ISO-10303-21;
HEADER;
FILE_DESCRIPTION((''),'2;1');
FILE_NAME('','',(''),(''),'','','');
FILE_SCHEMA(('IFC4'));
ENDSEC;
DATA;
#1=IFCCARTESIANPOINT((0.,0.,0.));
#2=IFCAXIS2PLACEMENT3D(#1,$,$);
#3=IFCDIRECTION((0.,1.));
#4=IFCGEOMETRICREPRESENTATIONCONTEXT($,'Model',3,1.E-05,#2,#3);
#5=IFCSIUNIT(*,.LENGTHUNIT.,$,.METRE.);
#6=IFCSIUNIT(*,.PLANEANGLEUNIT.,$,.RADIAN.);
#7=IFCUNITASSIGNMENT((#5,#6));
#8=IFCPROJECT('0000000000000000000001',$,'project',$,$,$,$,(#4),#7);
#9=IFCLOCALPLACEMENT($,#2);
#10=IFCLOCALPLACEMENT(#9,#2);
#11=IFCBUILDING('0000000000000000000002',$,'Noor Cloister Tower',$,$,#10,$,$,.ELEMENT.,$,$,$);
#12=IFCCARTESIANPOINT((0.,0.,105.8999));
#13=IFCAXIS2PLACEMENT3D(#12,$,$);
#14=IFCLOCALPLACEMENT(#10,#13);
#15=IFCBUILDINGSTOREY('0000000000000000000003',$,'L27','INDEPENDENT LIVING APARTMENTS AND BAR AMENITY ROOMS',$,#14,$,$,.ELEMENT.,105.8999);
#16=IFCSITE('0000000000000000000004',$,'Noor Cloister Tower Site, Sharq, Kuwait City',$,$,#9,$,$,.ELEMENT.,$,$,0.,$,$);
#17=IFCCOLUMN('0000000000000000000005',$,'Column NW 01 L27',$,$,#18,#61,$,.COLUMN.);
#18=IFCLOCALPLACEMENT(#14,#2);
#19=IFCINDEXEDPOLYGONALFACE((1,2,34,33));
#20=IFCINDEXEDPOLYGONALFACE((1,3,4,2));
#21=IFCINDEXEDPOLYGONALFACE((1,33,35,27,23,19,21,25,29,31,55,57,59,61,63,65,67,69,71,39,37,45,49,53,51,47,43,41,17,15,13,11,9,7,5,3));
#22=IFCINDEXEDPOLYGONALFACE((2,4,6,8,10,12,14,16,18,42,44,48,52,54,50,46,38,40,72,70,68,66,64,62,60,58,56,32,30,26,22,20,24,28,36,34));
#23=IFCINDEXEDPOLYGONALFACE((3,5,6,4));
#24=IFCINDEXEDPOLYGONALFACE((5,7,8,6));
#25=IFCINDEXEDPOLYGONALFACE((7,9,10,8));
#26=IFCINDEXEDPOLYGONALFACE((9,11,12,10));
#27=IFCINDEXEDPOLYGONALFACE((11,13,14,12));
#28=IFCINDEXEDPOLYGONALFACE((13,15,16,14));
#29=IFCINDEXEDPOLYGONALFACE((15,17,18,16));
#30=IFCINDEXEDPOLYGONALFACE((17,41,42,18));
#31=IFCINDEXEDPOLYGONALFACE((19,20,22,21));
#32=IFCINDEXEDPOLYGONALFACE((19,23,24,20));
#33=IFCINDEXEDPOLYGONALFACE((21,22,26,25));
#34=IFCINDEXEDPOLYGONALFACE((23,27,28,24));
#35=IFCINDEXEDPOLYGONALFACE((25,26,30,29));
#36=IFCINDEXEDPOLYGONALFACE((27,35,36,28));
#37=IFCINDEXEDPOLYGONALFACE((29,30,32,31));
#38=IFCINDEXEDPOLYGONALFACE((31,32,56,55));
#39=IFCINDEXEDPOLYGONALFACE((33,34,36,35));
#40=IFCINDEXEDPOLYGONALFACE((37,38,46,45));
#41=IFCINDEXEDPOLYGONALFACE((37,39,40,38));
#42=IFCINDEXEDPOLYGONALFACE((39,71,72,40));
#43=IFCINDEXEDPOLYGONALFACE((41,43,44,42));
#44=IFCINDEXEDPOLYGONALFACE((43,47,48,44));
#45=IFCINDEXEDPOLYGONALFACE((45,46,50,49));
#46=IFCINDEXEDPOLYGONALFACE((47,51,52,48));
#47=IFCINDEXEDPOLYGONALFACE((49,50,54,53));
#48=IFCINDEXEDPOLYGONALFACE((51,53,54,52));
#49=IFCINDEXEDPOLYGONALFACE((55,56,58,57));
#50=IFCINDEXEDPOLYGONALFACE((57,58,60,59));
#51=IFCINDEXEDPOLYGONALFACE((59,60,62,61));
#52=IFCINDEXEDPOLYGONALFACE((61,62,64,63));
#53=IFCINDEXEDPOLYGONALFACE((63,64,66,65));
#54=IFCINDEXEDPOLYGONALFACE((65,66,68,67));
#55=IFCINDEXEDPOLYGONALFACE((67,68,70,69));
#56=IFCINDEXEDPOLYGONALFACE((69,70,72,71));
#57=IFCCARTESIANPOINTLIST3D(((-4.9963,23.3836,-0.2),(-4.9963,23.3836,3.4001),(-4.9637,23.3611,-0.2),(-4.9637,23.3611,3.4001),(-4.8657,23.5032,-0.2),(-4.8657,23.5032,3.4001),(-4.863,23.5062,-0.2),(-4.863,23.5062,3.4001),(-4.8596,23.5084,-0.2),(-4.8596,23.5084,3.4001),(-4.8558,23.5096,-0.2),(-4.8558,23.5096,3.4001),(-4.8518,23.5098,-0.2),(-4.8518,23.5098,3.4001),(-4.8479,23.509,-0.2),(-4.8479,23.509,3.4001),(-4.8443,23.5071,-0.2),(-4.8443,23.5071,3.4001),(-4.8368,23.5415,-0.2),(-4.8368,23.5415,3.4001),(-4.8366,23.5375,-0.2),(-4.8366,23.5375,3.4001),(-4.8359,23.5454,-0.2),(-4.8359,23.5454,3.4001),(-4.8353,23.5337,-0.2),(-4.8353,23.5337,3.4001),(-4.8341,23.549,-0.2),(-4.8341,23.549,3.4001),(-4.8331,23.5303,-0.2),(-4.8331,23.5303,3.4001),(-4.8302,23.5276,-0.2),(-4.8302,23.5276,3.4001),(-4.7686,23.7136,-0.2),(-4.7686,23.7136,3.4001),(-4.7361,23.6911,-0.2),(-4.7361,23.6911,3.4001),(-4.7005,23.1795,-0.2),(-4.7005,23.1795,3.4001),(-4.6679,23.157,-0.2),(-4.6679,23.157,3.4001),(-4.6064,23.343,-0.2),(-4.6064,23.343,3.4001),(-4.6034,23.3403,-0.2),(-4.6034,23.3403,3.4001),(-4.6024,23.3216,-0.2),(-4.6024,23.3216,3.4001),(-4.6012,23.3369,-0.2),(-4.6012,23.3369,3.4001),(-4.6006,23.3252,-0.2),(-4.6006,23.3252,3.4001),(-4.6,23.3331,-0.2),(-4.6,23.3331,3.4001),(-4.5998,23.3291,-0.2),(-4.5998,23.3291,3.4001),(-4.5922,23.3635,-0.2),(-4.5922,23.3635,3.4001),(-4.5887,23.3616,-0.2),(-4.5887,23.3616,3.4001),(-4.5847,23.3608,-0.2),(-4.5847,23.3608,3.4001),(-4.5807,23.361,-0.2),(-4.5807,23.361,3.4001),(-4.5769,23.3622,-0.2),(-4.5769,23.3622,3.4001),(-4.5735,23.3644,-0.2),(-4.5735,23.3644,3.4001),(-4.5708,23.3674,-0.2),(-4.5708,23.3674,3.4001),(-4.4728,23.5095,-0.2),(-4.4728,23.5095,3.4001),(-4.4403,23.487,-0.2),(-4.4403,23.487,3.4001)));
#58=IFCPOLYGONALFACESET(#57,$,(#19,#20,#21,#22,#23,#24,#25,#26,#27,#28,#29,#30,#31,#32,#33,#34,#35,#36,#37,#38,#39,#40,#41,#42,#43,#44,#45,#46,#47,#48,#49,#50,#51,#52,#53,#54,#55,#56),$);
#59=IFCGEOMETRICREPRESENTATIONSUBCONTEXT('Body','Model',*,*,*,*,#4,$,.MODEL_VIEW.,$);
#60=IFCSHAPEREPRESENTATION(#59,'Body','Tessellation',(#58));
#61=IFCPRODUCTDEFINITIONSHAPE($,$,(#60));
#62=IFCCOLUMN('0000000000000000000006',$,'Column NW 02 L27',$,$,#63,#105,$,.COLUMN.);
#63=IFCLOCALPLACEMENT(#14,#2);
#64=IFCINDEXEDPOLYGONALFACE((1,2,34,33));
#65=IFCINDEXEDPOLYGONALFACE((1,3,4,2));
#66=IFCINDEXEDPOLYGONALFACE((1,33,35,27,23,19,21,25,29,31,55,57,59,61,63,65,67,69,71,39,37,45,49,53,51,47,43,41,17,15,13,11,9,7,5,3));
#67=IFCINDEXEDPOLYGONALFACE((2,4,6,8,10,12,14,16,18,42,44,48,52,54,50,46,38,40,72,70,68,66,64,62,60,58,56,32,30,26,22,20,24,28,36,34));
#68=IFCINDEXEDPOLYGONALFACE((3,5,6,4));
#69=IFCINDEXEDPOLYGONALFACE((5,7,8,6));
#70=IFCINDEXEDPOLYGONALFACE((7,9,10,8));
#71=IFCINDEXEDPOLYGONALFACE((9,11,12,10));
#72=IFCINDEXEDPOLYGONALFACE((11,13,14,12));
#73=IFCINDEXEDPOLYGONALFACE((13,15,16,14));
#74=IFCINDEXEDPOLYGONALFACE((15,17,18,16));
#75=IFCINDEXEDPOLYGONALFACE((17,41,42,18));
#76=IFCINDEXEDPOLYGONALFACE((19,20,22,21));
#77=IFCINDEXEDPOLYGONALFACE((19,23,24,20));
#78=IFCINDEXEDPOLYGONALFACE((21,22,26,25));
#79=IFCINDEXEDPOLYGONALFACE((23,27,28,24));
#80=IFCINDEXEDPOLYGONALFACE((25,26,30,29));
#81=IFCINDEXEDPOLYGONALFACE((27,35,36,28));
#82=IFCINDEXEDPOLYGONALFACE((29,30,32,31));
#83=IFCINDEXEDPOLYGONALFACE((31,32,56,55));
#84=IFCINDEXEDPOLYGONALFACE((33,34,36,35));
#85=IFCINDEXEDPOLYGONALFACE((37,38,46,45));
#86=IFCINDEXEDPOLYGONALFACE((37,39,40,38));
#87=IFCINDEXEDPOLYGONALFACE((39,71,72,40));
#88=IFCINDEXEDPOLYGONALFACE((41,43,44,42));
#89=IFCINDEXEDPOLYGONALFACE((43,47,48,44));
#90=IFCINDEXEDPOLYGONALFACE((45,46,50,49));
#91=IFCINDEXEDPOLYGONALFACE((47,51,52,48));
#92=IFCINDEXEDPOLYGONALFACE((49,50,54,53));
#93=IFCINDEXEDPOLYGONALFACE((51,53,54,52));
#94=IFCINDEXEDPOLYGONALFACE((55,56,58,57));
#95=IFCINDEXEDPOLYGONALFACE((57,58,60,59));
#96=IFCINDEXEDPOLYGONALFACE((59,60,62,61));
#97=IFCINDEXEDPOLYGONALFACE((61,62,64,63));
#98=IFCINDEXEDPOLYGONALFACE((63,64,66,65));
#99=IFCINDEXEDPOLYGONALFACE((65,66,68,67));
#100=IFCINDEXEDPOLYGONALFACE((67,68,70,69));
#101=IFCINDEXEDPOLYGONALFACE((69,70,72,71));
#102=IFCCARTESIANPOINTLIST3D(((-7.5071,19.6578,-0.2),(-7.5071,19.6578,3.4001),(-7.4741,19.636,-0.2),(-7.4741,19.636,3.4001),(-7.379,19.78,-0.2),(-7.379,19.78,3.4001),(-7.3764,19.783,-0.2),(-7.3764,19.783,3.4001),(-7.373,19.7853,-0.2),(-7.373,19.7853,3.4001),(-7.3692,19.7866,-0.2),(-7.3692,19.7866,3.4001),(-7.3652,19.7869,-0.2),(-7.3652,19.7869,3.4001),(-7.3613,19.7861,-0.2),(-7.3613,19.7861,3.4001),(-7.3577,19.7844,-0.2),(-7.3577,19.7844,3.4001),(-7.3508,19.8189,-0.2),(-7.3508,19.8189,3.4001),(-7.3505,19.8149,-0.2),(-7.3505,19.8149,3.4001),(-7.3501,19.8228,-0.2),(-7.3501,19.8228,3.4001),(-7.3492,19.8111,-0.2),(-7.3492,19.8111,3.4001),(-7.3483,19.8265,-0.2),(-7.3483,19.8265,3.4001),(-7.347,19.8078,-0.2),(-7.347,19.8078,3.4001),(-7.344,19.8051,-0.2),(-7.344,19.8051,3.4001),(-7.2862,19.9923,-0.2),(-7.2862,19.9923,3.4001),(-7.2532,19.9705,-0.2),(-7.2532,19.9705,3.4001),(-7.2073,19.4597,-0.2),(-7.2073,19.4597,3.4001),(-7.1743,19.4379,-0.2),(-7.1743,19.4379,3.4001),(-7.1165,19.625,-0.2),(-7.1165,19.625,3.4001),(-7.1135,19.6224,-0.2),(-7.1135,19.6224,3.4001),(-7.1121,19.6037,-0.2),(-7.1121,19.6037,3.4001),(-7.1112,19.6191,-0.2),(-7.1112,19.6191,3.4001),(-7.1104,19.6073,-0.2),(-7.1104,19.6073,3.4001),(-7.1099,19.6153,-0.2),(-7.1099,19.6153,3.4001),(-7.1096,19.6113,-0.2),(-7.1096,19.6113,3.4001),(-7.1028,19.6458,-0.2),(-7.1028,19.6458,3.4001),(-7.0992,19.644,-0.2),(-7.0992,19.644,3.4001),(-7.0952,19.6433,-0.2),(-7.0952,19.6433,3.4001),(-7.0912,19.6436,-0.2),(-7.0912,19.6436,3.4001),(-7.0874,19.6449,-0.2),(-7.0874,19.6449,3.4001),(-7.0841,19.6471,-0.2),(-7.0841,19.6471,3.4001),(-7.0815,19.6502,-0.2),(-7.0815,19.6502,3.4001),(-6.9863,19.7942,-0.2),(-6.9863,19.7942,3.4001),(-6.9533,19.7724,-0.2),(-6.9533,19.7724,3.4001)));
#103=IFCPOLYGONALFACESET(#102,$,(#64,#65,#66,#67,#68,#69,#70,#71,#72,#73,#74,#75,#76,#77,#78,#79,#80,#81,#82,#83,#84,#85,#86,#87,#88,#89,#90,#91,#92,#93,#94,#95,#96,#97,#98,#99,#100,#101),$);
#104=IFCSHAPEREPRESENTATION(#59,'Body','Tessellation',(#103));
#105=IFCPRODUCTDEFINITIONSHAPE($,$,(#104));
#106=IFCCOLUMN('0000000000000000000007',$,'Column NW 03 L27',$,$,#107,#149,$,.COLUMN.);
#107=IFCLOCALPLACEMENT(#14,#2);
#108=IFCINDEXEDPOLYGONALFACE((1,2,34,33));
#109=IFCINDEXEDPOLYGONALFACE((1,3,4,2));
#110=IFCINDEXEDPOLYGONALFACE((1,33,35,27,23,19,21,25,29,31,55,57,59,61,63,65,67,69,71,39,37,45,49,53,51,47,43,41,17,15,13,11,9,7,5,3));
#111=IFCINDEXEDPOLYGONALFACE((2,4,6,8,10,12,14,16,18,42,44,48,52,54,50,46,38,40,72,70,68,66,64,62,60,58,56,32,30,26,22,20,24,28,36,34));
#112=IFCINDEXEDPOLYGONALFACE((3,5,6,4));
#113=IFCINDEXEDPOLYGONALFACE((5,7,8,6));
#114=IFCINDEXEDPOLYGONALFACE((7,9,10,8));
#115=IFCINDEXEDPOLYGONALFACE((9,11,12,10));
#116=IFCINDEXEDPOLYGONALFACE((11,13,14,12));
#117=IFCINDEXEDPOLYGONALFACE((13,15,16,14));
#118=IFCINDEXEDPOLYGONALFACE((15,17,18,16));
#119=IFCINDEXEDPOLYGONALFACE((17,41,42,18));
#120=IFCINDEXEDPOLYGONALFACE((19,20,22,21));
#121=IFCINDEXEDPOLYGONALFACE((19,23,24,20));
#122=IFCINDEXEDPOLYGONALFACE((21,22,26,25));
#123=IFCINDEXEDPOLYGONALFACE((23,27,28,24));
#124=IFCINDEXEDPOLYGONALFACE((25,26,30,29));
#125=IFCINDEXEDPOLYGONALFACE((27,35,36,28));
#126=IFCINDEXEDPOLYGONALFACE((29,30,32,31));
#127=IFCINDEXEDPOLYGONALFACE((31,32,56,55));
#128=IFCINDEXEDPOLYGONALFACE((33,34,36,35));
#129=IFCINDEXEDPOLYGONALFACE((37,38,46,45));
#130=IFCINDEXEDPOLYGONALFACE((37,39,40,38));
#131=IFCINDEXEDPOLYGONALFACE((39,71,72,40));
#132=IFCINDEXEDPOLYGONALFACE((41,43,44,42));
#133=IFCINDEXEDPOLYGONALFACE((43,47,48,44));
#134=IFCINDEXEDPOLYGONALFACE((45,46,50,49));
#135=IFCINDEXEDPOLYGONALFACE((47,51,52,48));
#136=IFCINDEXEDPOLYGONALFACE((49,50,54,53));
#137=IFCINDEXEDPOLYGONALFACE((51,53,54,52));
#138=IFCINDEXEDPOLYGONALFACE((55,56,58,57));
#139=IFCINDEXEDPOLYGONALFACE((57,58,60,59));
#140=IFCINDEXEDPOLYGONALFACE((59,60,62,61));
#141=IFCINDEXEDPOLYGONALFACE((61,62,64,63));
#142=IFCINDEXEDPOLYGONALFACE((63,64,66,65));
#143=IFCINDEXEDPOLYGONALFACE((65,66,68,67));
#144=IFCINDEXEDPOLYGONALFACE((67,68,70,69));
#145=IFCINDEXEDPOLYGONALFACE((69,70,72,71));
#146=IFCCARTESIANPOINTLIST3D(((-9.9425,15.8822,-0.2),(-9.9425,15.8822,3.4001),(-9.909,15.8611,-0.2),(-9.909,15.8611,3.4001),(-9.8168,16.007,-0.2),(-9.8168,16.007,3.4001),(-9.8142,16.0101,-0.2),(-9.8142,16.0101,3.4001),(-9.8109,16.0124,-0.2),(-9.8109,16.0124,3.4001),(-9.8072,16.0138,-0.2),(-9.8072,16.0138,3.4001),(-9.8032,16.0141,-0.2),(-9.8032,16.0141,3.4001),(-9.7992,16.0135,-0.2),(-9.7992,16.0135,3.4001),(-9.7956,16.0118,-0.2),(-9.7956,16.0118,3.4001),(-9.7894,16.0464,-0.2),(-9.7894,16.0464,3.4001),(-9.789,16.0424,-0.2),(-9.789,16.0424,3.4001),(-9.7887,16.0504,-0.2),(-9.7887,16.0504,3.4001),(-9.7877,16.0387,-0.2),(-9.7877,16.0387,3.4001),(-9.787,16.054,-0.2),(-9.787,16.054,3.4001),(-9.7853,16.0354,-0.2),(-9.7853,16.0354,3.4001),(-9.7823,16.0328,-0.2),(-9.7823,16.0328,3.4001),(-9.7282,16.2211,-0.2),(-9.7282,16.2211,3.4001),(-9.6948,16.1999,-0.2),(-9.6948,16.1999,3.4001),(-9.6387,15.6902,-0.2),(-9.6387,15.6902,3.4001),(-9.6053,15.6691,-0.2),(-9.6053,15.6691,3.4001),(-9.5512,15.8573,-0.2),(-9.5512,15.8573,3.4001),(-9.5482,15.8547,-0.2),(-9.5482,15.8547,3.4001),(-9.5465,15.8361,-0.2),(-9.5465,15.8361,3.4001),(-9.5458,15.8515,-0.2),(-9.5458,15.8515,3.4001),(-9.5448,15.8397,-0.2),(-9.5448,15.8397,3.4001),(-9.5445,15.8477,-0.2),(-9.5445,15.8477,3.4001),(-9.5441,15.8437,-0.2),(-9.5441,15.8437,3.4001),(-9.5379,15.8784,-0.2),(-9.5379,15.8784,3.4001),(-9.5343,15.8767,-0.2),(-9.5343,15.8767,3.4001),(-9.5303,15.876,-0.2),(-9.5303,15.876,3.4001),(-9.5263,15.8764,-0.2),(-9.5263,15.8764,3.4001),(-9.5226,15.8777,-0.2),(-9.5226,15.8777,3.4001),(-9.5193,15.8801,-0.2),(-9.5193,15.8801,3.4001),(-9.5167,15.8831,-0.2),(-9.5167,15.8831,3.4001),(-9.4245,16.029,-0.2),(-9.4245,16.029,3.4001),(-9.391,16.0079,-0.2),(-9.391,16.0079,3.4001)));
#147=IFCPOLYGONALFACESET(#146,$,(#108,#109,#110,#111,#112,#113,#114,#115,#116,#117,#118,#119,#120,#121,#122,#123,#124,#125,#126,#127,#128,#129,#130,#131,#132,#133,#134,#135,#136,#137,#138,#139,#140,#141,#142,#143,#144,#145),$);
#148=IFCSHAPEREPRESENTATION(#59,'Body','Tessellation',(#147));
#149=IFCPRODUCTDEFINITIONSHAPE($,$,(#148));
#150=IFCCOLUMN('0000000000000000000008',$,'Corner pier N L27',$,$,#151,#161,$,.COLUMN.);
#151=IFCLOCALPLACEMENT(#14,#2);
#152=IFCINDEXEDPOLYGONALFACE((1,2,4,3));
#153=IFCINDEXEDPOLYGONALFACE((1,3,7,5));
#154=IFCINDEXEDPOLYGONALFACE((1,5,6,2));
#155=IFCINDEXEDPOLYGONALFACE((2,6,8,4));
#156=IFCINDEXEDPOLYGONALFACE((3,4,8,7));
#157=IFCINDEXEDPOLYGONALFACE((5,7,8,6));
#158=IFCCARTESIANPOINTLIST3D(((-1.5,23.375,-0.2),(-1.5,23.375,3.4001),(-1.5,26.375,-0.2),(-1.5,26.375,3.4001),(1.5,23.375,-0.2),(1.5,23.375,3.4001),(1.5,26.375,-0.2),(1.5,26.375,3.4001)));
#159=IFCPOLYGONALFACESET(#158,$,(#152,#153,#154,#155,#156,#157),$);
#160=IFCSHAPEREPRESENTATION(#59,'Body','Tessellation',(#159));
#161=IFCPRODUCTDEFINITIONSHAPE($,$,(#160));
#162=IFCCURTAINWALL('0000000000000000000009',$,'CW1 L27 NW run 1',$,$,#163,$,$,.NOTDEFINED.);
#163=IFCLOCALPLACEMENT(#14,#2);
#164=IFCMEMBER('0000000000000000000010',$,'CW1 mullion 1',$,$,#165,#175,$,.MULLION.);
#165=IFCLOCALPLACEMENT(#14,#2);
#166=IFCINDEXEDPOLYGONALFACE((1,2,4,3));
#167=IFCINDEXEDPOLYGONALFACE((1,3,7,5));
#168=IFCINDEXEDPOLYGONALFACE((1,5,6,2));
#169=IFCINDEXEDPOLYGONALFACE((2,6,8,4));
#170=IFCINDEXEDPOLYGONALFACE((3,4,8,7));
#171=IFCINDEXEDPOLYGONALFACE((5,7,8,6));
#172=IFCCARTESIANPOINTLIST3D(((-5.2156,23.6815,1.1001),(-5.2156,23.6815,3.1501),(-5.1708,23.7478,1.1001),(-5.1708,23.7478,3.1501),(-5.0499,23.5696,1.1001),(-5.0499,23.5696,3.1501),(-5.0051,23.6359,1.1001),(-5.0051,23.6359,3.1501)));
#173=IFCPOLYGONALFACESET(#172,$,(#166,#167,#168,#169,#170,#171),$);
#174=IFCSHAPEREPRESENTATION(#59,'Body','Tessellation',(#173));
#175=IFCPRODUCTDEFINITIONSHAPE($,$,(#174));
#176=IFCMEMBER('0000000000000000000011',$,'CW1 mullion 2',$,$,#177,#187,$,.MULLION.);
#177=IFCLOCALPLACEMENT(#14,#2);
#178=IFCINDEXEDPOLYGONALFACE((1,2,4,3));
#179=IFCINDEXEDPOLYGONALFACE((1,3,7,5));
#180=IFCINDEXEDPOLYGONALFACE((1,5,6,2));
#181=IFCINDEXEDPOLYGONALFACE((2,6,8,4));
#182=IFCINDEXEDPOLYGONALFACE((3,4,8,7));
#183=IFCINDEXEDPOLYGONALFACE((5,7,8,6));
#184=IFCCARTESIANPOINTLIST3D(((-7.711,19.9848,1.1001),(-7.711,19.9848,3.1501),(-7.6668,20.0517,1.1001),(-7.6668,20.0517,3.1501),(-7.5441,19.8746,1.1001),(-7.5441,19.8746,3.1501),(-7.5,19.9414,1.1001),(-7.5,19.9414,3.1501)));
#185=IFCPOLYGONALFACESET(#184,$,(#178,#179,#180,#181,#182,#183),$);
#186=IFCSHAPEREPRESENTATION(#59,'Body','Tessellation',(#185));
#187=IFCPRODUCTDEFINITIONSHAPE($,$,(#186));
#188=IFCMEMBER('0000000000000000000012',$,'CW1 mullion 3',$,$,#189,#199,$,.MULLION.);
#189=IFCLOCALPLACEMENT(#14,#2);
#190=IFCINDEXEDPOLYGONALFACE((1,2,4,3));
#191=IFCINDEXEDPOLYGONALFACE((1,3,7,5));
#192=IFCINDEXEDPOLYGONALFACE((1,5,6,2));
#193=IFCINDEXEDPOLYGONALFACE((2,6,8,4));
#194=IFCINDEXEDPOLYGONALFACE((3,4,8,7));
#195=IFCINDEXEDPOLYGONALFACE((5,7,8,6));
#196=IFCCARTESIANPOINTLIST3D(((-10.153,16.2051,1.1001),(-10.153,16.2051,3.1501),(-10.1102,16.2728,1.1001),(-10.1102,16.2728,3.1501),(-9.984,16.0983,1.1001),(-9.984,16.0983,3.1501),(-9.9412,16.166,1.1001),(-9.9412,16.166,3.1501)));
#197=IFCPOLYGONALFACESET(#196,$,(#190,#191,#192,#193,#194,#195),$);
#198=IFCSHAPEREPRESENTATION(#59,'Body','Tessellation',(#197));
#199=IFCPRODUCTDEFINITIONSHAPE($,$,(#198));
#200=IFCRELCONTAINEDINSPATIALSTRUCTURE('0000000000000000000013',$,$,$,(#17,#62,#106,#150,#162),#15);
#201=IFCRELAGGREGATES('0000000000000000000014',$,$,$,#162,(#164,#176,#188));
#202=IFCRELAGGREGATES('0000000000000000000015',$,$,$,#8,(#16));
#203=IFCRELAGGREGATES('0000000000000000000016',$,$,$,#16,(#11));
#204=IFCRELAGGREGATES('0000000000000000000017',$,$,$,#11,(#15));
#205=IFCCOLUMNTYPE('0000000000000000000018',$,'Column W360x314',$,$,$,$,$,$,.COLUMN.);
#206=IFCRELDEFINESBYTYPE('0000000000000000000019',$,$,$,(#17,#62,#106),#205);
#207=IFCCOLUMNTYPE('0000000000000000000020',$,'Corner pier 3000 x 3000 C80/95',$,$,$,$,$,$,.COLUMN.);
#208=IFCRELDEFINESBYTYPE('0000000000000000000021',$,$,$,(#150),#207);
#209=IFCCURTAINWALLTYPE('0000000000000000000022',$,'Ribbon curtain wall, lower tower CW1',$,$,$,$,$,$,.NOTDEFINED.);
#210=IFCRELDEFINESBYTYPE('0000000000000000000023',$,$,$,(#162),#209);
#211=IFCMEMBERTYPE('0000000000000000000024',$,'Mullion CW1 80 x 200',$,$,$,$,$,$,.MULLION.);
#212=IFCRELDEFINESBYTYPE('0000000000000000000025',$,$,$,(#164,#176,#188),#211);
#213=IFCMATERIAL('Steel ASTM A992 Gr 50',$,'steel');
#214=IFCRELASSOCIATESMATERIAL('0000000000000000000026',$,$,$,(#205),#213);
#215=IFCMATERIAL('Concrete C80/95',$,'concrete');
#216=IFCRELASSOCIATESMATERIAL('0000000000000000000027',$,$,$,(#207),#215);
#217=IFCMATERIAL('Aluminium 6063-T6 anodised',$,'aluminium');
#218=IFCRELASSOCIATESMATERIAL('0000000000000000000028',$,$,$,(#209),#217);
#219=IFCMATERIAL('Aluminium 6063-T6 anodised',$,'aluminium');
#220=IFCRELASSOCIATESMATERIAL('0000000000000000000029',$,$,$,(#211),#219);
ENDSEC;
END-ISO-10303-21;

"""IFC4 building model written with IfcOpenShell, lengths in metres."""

from ifc_helpers import new_model, si_unit, direction, frame, origin, origin_2d, place, context, subcontext, project, spatial, rectangle, i_section, extrude, material, material_profile, profile_set, type_object, element, aggregate, save


model = new_model("IFC4")

# Units and contexts
model_context = context("Model", 3, precision=1e-05, world=origin(), true_north=direction((0.0, 1.0)))
body_context = subcontext(model_context, "Body", "Model", "MODEL_VIEW")
ifc_project = project(units=[si_unit("LENGTHUNIT", "METRE"), si_unit("PLANEANGLEUNIT", "RADIAN")], contexts=[model_context])

# Site, building, storey
site_placement = place(None, origin())
site = spatial("IfcSite", under=ifc_project, at=site_placement, Name="Noor Cloister Tower Site, Sharq, Kuwait City", CompositionType="ELEMENT", RefElevation=0.0)
building_placement = place(site_placement, origin())
building = spatial("IfcBuilding", under=site, at=building_placement, Name="Noor Cloister Tower", CompositionType="ELEMENT")
storey_placement = place(building_placement, frame((0.0, 0.0, 105.8999)))
storey = spatial("IfcBuildingStorey", under=building, at=storey_placement, Name="L27", Description="INDEPENDENT LIVING APARTMENTS AND BAR AMENITY ROOMS", CompositionType="ELEMENT", Elevation=105.8999)

# Columns
ifc_material_1 = material(Name="Steel ASTM A992 Gr 50", Category="steel")
ifc_material_profile_1 = material_profile(ifc_material_1, i_section(OverallWidth=0.4009, OverallDepth=0.3989, WebThickness=0.0249, FlangeThickness=0.0396, FilletRadius=0.0154, at=origin_2d()), Name="W360x314")
ifc_profile_set_1 = profile_set([ifc_material_profile_1], Name="Steel ASTM A992 Gr 50")
column_type_1 = type_object("IfcColumnType", Name="Column W360x314", PredefinedType="COLUMN", material=ifc_profile_set_1)
for number, where, z_axis, x_axis, name in (
    (1, (-4.7183, 23.4353, -0.2), (0.0, 0.0, 1.0), (-0.567868, -0.823119, 0.0), "Column NW 01 L27"),
    (2, (-7.2302, 19.7151, -0.2), (0.0, 0.0, 1.0), (-0.551228, -0.834355, 0.0), "Column NW 02 L27"),
    (3, (-9.6667, 15.9451, -0.2), (0.0, 0.0, 1.0), (-0.534365, -0.845254, 0.0), "Column NW 03 L27"),
):
    element("IfcColumn", number, at=place(storey_placement, frame(where, z_axis=z_axis, x_axis=x_axis)), inside=storey, type_object=column_type_1, Name=name, PredefinedType="COLUMN", context=body_context, shape_type="SweptSolid", body=[
        extrude(i_section(OverallWidth=0.4009, OverallDepth=0.3989, WebThickness=0.0249, FlangeThickness=0.0396, FilletRadius=0.0154, at=origin_2d()), origin(), (0.0, 0.0, 1.0), 3.6001),
    ])
ifc_material_2 = material(Name="Concrete C80/95", Category="concrete")
ifc_material_profile_2 = material_profile(ifc_material_2, rectangle(XDim=3.0, YDim=3.0, at=origin_2d()), Name="RC 3000x3000")
ifc_profile_set_2 = profile_set([ifc_material_profile_2], Name="Concrete C80/95")
column_type_2 = type_object("IfcColumnType", Name="Corner pier 3000 x 3000 C80/95", PredefinedType="COLUMN", material=ifc_profile_set_2)
column_placement = place(storey_placement, frame((0.0, 24.875, -0.2), z_axis=(0.0, 0.0, 1.0), x_axis=(0.0, 1.0, 0.0)))
element("IfcColumn", 4, at=column_placement, inside=storey, type_object=column_type_2, Name="Corner pier N L27", PredefinedType="COLUMN", context=body_context, shape_type="SweptSolid", body=[
    extrude(rectangle(XDim=3.0, YDim=3.0, at=origin_2d()), origin(), (0.0, 0.0, 1.0), 3.6001),
])

# Curtain wall, members
ifc_material_3 = material(Name="Aluminium 6063-T6 anodised", Category="aluminium")
curtain_wall_type = type_object("IfcCurtainWallType", Name="Ribbon curtain wall, lower tower CW1", PredefinedType="NOTDEFINED", material=ifc_material_3)
curtain_wall_placement = place(storey_placement, origin())
curtain_wall = element("IfcCurtainWall", 5, at=curtain_wall_placement, inside=storey, type_object=curtain_wall_type, Name="CW1 L27 NW run 1", PredefinedType="NOTDEFINED")
ifc_material_4 = material(Name="Aluminium 6063-T6 anodised", Category="aluminium")
ifc_material_profile_3 = material_profile(ifc_material_4, rectangle(XDim=0.2, YDim=0.0801, at=origin_2d()), Name="200 x 80 mullion")
ifc_profile_set_3 = profile_set([ifc_material_profile_3], Name="Aluminium 6063-T6 anodised")
member_type = type_object("IfcMemberType", Name="Mullion CW1 80 x 200", PredefinedType="MULLION", material=ifc_profile_set_3)
member_1_placement = place(storey_placement, frame((-5.1104, 23.6587, 1.1001), z_axis=(0.0, 0.0, 1.0), x_axis=(0.828779, -0.559576, 0.0)))
member_1 = element("IfcMember", 6, at=member_1_placement, type_object=member_type, Name="CW1 mullion 1", PredefinedType="MULLION", context=body_context, shape_type="SweptSolid", body=[
    extrude(rectangle(XDim=0.2, YDim=0.0801, at=origin_2d()), origin(), (0.0, 0.0, 1.0), 2.05),
])
member_2_placement = place(storey_placement, frame((-7.6055, 19.9631, 1.1001), z_axis=(0.0, 0.0, 1.0), x_axis=(0.834355, -0.551228, 0.0)))
member_2 = element("IfcMember", 7, at=member_2_placement, type_object=member_type, Name="CW1 mullion 2", PredefinedType="MULLION", context=body_context, shape_type="SweptSolid", body=[
    extrude(rectangle(XDim=0.2, YDim=0.0801, at=origin_2d()), origin(), (0.0, 0.0, 1.0), 2.05),
])
member_3_placement = place(storey_placement, frame((-10.0471, 16.1855, 1.1001), z_axis=(0.0, 0.0, 1.0), x_axis=(0.845254, -0.534365, 0.0)))
member_3 = element("IfcMember", 8, at=member_3_placement, type_object=member_type, Name="CW1 mullion 3", PredefinedType="MULLION", context=body_context, shape_type="SweptSolid", body=[
    extrude(rectangle(XDim=0.2, YDim=0.0801, at=origin_2d()), origin(), (0.0, 0.0, 1.0), 2.05),
])

aggregate(curtain_wall, [member_1, member_2, member_3])

save(model, "model.ifc")
